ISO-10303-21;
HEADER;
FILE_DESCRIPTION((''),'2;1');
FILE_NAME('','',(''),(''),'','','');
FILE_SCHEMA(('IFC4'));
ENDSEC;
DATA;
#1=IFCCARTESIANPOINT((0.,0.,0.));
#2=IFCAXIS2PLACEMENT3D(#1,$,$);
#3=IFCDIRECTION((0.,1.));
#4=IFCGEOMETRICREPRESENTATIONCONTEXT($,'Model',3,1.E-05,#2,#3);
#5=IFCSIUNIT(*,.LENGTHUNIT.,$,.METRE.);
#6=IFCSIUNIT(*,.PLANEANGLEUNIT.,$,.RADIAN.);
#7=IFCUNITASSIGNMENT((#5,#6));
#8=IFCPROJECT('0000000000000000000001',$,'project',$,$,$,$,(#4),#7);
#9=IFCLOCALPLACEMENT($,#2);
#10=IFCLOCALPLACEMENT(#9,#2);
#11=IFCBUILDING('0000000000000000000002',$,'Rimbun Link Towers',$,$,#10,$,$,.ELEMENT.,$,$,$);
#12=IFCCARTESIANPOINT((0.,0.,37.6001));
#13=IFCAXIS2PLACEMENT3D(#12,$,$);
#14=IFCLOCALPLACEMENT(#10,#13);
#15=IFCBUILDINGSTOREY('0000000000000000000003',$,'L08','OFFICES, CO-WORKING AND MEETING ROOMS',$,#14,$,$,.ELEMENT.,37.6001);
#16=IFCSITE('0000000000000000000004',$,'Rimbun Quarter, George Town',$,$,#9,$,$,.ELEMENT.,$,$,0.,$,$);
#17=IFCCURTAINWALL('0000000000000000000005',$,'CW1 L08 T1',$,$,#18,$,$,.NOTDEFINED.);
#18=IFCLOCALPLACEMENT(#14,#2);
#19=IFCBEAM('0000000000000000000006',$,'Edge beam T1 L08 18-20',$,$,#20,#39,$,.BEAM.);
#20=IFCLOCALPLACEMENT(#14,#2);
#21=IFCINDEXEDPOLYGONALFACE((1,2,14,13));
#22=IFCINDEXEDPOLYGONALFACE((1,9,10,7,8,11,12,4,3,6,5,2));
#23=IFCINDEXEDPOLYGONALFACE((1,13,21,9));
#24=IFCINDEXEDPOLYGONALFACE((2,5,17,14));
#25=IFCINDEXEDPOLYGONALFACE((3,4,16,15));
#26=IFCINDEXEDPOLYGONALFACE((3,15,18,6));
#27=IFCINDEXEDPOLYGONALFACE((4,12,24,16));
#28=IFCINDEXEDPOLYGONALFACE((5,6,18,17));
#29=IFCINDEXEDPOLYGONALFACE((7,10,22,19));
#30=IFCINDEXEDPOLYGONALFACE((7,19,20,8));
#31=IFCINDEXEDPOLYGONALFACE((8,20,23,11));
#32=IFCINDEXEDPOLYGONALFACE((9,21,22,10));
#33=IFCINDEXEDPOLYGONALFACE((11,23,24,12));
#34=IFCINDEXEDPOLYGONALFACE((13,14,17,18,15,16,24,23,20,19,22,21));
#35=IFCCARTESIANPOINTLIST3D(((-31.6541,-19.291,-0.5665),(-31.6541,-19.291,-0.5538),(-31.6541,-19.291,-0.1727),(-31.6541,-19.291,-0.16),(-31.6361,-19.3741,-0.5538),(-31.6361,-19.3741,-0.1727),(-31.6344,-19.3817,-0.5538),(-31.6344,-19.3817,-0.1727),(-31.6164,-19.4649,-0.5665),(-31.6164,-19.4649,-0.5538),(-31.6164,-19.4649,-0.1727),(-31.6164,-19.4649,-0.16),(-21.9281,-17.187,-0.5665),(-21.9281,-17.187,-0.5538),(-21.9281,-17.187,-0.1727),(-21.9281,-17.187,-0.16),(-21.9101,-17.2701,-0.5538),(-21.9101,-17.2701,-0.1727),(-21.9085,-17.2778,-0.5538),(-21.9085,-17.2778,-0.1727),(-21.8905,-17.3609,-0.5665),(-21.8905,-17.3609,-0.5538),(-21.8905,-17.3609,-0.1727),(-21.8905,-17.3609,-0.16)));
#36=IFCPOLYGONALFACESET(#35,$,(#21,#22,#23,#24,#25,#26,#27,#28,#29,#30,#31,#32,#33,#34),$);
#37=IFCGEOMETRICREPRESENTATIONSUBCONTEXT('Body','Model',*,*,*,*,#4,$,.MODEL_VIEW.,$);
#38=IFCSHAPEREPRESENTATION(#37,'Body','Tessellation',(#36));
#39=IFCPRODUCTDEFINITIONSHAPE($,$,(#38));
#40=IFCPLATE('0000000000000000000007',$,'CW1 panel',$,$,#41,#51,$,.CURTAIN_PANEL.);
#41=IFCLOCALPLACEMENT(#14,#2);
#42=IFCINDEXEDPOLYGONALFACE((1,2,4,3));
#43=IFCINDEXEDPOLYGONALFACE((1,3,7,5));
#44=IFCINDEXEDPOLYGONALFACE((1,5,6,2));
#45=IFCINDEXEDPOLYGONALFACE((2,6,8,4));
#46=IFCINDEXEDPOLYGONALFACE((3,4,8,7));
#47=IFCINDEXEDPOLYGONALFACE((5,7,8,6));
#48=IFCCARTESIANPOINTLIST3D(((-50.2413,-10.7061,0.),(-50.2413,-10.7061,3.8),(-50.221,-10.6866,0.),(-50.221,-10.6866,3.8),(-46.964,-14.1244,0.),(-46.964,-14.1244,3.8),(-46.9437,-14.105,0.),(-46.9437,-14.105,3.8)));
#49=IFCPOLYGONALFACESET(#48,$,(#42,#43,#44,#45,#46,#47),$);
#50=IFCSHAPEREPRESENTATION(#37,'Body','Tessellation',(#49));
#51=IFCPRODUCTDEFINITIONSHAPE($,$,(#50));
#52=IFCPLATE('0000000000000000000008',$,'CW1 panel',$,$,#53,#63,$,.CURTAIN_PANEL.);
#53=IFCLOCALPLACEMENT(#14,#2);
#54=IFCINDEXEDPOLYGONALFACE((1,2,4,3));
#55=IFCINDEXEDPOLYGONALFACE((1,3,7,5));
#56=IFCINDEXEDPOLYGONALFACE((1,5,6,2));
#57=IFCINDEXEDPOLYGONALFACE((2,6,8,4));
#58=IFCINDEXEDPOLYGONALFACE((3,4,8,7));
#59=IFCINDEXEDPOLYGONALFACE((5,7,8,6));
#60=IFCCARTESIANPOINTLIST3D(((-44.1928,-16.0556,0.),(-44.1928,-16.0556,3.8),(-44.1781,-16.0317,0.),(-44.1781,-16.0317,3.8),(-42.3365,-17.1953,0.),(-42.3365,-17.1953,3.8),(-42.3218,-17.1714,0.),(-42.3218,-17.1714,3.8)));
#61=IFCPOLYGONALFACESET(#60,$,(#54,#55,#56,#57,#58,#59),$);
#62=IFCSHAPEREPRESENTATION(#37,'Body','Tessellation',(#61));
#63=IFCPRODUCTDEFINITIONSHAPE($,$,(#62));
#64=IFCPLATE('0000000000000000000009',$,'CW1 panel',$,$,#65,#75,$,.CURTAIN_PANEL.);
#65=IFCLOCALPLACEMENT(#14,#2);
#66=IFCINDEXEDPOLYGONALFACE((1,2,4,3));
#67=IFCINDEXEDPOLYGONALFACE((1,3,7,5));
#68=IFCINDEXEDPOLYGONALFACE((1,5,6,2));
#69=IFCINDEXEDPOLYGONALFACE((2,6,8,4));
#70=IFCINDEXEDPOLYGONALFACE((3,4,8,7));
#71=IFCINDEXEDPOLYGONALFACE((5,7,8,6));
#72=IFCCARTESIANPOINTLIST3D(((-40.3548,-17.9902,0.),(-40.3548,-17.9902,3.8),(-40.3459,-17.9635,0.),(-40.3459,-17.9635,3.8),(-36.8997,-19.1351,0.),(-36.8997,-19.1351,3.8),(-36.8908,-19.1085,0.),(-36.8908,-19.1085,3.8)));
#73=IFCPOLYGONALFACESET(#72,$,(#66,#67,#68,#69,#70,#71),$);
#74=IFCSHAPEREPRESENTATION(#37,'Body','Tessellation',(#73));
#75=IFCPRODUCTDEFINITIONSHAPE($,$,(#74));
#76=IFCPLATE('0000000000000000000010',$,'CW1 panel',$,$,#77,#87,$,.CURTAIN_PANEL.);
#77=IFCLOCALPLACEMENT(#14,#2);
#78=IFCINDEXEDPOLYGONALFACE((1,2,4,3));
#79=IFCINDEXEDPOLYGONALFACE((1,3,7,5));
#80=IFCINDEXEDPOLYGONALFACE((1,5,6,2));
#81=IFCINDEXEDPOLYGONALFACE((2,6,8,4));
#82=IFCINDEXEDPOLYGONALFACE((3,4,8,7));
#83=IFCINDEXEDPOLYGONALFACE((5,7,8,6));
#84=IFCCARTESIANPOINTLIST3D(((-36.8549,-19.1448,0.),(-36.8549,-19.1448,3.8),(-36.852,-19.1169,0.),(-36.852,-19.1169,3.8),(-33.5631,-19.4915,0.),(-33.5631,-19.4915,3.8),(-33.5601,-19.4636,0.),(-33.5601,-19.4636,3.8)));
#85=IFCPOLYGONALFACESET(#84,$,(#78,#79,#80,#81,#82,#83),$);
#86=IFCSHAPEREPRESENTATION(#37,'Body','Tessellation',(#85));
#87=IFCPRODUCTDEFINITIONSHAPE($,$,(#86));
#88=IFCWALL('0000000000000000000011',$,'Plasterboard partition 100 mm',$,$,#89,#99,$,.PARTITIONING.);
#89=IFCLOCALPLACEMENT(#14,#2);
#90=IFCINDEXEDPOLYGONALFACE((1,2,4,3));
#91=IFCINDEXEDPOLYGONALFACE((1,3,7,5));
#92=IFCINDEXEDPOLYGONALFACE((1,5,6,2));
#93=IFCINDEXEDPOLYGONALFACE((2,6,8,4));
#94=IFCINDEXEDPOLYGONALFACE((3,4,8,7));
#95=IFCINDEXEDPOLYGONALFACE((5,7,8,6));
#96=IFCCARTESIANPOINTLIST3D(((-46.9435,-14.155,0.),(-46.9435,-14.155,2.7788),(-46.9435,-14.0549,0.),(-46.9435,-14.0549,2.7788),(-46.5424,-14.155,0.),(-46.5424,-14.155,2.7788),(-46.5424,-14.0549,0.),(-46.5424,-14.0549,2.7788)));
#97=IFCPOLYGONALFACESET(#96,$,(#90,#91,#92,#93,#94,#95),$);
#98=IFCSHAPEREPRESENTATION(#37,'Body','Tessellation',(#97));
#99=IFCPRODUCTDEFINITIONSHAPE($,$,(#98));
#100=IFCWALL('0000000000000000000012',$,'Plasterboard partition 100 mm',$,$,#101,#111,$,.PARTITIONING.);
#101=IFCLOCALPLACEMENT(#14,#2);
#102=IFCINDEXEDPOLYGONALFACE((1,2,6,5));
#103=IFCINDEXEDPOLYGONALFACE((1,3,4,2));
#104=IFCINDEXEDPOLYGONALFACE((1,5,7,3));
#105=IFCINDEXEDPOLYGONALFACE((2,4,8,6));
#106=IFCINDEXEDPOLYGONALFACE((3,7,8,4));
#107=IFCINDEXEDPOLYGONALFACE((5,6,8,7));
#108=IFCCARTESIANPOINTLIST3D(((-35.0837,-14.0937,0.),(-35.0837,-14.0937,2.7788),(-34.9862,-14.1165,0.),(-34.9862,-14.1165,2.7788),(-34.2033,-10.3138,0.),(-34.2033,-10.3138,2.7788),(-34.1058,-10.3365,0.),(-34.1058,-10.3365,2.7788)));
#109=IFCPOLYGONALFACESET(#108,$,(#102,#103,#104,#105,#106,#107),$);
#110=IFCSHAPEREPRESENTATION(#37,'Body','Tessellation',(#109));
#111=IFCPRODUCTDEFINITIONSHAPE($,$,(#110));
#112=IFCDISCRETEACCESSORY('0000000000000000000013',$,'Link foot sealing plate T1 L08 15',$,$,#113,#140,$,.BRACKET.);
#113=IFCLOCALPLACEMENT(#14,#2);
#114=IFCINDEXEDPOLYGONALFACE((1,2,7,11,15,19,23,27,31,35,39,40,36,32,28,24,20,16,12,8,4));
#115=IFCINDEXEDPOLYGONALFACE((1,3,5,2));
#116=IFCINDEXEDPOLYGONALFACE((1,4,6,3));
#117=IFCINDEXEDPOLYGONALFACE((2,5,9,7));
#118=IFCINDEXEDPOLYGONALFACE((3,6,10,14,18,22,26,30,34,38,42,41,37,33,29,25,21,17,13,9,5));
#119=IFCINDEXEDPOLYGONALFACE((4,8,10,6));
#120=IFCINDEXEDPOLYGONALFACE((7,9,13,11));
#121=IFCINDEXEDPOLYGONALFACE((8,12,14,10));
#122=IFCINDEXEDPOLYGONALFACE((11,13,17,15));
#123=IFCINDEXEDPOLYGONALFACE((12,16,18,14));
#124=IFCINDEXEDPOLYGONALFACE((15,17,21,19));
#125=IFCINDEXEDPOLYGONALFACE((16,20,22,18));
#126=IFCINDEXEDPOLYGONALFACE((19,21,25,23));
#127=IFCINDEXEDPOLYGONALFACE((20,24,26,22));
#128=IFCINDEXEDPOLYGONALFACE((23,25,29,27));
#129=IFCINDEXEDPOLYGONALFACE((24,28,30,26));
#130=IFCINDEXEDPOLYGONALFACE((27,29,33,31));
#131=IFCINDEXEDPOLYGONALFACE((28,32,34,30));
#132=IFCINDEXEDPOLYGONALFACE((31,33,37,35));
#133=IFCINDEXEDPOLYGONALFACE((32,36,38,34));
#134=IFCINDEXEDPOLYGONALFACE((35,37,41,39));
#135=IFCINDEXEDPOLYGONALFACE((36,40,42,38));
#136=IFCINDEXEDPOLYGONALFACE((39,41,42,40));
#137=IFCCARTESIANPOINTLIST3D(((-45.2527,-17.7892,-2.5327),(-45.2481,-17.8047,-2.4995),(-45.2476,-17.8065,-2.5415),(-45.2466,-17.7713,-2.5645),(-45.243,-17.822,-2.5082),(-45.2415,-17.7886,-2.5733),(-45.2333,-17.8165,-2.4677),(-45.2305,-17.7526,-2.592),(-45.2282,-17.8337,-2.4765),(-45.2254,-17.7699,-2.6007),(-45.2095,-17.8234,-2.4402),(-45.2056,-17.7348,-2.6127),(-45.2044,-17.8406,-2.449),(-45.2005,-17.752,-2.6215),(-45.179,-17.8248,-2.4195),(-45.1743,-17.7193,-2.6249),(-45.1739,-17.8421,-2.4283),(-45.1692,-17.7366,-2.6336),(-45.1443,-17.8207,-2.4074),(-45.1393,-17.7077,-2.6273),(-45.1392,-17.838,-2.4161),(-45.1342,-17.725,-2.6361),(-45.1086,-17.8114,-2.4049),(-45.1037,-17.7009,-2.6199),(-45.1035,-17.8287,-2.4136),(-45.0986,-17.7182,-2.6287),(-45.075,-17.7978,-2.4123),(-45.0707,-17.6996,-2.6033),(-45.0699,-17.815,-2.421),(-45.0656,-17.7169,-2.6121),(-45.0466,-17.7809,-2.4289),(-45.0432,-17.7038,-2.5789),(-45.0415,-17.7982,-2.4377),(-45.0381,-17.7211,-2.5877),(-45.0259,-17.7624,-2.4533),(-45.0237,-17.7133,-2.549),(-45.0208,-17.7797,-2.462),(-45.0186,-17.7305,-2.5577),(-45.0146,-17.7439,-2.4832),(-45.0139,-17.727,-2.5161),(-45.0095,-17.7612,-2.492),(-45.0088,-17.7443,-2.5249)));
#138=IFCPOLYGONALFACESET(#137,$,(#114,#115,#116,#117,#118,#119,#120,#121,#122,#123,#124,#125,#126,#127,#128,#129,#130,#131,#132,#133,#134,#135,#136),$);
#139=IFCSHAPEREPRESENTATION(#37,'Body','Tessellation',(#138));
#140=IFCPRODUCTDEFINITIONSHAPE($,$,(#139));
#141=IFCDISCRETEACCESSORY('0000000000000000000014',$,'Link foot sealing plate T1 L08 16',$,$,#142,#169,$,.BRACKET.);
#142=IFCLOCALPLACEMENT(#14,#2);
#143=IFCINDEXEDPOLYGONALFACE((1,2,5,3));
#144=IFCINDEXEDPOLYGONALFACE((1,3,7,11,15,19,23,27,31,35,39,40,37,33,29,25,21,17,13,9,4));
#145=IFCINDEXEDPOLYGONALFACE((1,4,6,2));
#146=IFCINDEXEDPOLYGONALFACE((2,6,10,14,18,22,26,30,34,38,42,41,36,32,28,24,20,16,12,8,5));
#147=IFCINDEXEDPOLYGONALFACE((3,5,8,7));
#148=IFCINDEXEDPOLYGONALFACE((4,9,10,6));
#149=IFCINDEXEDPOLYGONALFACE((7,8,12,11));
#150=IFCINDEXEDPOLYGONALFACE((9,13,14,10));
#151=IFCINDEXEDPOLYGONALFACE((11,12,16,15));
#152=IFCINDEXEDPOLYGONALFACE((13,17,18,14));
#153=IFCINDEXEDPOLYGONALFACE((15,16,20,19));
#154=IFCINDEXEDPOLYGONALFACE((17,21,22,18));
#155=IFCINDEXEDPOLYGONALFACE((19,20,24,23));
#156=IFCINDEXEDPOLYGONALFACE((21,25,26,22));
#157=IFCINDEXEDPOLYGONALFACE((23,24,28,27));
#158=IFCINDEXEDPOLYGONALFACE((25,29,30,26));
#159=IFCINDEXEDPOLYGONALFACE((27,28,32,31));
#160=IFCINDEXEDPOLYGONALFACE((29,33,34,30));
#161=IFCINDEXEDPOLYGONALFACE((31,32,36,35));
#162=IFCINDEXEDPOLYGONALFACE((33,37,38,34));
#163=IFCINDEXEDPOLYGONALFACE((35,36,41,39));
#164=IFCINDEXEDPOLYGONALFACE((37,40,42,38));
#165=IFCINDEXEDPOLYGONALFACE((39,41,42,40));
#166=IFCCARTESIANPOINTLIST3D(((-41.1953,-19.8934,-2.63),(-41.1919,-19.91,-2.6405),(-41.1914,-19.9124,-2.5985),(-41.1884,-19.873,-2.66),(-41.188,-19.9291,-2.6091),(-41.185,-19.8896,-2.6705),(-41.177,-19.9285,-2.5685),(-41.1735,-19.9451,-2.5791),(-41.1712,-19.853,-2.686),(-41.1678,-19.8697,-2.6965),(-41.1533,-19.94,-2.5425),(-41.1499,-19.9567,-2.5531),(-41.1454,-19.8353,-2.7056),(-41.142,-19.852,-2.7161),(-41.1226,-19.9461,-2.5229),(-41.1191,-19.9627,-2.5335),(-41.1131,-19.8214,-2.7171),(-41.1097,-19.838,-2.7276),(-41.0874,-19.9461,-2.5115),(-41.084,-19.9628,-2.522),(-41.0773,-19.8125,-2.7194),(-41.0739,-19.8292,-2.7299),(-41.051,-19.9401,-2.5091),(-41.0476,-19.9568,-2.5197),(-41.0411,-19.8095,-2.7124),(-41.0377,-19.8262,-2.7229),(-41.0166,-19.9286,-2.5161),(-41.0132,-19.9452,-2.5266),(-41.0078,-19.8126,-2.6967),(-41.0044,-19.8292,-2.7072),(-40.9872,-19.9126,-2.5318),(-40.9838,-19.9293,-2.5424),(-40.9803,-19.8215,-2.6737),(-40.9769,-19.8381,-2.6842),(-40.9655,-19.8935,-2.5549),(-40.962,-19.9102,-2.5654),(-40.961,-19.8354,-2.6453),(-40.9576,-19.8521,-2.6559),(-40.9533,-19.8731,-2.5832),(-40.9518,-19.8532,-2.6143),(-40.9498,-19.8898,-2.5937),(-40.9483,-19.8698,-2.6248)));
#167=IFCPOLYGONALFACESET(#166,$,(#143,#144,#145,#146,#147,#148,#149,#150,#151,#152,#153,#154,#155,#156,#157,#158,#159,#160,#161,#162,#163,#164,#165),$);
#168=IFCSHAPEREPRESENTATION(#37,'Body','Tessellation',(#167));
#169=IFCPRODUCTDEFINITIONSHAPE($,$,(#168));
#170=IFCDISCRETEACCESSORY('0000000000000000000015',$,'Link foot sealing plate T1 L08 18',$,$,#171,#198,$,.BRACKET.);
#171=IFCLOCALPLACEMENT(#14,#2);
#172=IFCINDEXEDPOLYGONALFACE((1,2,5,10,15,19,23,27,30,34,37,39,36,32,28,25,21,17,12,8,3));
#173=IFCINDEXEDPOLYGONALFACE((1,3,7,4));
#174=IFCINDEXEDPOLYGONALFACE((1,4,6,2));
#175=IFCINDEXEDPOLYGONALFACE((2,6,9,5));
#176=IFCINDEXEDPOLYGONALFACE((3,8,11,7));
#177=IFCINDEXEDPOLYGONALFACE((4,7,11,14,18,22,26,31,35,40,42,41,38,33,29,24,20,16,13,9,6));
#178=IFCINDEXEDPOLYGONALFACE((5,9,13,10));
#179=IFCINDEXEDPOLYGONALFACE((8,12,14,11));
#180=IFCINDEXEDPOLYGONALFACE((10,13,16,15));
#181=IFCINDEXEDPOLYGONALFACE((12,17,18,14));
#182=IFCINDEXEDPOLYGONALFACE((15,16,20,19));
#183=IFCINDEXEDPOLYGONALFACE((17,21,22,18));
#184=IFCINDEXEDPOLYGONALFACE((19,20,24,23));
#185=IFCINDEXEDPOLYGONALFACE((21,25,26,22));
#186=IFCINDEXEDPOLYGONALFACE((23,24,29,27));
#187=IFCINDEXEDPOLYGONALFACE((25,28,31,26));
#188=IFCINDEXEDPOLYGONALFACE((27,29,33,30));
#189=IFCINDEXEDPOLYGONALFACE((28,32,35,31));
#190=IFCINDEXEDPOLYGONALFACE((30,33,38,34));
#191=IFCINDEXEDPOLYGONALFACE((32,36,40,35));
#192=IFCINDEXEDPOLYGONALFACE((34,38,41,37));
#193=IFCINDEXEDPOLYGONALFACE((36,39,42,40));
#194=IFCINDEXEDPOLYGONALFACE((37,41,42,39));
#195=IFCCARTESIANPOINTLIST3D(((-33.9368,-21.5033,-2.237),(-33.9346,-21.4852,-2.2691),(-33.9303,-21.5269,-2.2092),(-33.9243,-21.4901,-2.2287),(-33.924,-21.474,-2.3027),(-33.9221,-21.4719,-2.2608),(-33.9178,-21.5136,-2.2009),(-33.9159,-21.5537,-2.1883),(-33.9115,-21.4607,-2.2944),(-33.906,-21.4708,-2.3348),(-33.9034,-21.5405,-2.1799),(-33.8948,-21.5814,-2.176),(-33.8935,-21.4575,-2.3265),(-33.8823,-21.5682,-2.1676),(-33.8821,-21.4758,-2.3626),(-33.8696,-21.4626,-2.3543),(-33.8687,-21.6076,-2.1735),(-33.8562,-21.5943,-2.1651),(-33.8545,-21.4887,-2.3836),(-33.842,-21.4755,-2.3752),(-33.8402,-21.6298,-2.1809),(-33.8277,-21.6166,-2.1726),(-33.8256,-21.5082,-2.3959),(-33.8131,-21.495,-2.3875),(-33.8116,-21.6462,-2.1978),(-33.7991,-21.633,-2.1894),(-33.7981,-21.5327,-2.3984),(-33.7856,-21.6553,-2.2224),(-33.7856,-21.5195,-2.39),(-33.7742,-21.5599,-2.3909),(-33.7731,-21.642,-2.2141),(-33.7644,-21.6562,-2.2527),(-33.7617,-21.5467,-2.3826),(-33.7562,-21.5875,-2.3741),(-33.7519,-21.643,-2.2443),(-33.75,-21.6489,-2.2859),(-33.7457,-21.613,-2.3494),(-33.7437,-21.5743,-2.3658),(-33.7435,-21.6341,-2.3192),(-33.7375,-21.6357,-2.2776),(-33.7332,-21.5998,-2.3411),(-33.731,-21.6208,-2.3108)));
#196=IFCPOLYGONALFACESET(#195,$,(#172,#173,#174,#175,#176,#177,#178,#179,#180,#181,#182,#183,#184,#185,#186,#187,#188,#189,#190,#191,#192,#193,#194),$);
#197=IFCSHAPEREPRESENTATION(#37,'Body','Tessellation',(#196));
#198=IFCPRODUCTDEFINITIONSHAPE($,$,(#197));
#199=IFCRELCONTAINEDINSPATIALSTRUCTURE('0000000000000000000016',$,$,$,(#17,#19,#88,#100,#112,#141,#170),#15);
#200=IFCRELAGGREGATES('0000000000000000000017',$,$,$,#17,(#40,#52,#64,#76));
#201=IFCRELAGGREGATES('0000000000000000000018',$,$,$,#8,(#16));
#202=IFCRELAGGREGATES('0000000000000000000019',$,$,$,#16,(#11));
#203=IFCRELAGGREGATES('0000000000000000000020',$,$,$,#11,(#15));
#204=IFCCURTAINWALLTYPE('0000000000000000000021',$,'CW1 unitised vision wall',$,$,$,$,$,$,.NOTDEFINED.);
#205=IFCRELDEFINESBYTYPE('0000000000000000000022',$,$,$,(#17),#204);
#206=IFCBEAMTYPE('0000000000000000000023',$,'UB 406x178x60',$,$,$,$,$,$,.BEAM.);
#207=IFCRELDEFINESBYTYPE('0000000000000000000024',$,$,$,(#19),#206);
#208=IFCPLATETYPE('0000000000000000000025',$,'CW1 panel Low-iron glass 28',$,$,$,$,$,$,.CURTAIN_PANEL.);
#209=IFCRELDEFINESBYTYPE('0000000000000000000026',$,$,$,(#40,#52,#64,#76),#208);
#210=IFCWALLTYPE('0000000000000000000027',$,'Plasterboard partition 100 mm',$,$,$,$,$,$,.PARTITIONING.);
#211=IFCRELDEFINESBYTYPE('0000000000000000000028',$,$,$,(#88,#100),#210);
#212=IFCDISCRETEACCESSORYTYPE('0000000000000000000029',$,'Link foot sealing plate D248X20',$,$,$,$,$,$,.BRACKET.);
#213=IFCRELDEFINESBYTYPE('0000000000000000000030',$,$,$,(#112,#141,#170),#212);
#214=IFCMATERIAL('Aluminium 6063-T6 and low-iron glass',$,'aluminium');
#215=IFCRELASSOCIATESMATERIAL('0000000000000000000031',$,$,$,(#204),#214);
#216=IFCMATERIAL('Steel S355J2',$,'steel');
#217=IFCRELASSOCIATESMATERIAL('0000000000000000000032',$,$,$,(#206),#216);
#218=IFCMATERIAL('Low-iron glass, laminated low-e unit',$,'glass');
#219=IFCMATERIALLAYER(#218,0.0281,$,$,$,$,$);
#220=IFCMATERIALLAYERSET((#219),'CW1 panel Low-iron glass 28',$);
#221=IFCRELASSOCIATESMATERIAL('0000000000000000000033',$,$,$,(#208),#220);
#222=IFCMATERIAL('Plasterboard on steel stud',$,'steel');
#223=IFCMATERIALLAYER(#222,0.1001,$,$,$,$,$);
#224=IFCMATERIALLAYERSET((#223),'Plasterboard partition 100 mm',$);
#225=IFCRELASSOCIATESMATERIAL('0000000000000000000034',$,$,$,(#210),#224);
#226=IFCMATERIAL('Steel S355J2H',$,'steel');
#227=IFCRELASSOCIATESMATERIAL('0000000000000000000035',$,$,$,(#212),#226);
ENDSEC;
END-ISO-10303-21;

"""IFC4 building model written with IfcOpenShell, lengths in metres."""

from ifc_helpers import new_model, si_unit, direction, frame, frame_2d, origin, origin_2d, place, context, subcontext, project, spatial, rectangle, circle, i_section, extrude, material, layer, layer_set, material_profile, profile_set, type_object, element, aggregate, save


model = new_model("IFC4")

# Units and contexts
model_context = context("Model", 3, precision=1e-05, world=origin(), true_north=direction((0.0, 1.0)))
body_context = subcontext(model_context, "Body", "Model", "MODEL_VIEW")
ifc_project = project(units=[si_unit("LENGTHUNIT", "METRE"), si_unit("PLANEANGLEUNIT", "RADIAN")], contexts=[model_context])

# Site, building, storey
site_placement = place(None, origin())
site = spatial("IfcSite", under=ifc_project, at=site_placement, Name="Rimbun Quarter, George Town", CompositionType="ELEMENT", RefElevation=0.0)
building_placement = place(site_placement, origin())
building = spatial("IfcBuilding", under=site, at=building_placement, Name="Rimbun Link Towers", CompositionType="ELEMENT")
storey_placement = place(building_placement, frame((0.0, 0.0, 37.6001)))
storey = spatial("IfcBuildingStorey", under=building, at=storey_placement, Name="L08", Description="OFFICES, CO-WORKING AND MEETING ROOMS", CompositionType="ELEMENT", Elevation=37.6001)

# Curtain wall
ifc_material_1 = material(Name="Aluminium 6063-T6 and low-iron glass", Category="aluminium")
curtain_wall_type = type_object("IfcCurtainWallType", Name="CW1 unitised vision wall", PredefinedType="NOTDEFINED", material=ifc_material_1)
curtain_wall_placement = place(storey_placement, origin())
curtain_wall = element("IfcCurtainWall", 1, at=curtain_wall_placement, inside=storey, type_object=curtain_wall_type, Name="CW1 L08 T1", PredefinedType="NOTDEFINED")

# Beam
ifc_material_2 = material(Name="Steel S355J2", Category="steel")
ifc_material_profile_1 = material_profile(ifc_material_2, i_section(OverallWidth=0.178, OverallDepth=0.4065, WebThickness=0.0078, FlangeThickness=0.0127, at=origin_2d()), Name="UB 406x178x60")
ifc_profile_set_1 = profile_set([ifc_material_profile_1], Name="Steel S355J2")
beam_type = type_object("IfcBeamType", Name="UB 406x178x60", PredefinedType="BEAM", material=ifc_profile_set_1)
beam_1_placement = place(storey_placement, frame((-31.6353, -19.3779, -0.3633), z_axis=(0.977392, 0.211435, 0.0), x_axis=(-0.211435, 0.977392, 0.0)))
element("IfcBeam", 2, at=beam_1_placement, inside=storey, type_object=beam_type, Name="Edge beam T1 L08 18-20", PredefinedType="BEAM", context=body_context, shape_type="SweptSolid", body=[
    extrude(i_section(OverallWidth=0.178, OverallDepth=0.4065, WebThickness=0.0078, FlangeThickness=0.0127, at=origin_2d()), origin(), (0.0, 0.0, 1.0), 9.9509),
])

# Plates
ifc_material_3 = material(Name="Low-iron glass, laminated low-e unit", Category="glass")
ifc_layer_1 = layer(ifc_material_3, 0.0281)
ifc_layer_set_1 = layer_set([ifc_layer_1], Name="CW1 panel Low-iron glass 28")
plate_type = type_object("IfcPlateType", Name="CW1 panel Low-iron glass 28", PredefinedType="CURTAIN_PANEL", material=ifc_layer_set_1)
plate_1_placement = place(storey_placement, frame((-48.5925, -12.4055, 0.0), z_axis=(0.0, 0.0, 1.0), x_axis=(-0.692056, 0.721844, 0.0)))
plate_1 = element("IfcPlate", 3, at=plate_1_placement, type_object=plate_type, Name="CW1 panel", PredefinedType="CURTAIN_PANEL", context=body_context, shape_type="SweptSolid", body=[
    extrude(rectangle(XDim=4.7356, YDim=0.0281, at=origin_2d()), origin(), (0.0, 0.0, 1.0), 3.8),
])
plate_2_placement = place(storey_placement, frame((-43.2573, -16.6135, 0.0), z_axis=(0.0, 0.0, 1.0), x_axis=(-0.85219, 0.523232, 0.0)))
plate_2 = element("IfcPlate", 4, at=plate_2_placement, type_object=plate_type, Name="CW1 panel", PredefinedType="CURTAIN_PANEL", context=body_context, shape_type="SweptSolid", body=[
    extrude(rectangle(XDim=2.1782, YDim=0.0281, at=origin_2d()), origin(), (0.0, 0.0, 1.0), 3.8),
])
plate_3_placement = place(storey_placement, frame((-38.6228, -18.5493, 0.0), z_axis=(0.0, 0.0, 1.0), x_axis=(-0.949236, 0.314564, 0.0)))
plate_3 = element("IfcPlate", 5, at=plate_3_placement, type_object=plate_type, Name="CW1 panel", PredefinedType="CURTAIN_PANEL", context=body_context, shape_type="SweptSolid", body=[
    extrude(rectangle(XDim=3.6399, YDim=0.0281, at=origin_2d()), origin(), (0.0, 0.0, 1.0), 3.8),
])
plate_4_placement = place(storey_placement, frame((-35.2075, -19.3042, 0.0), z_axis=(0.0, 0.0, 1.0), x_axis=(-0.994498, 0.104755, 0.0)))
plate_4 = element("IfcPlate", 6, at=plate_4_placement, type_object=plate_type, Name="CW1 panel", PredefinedType="CURTAIN_PANEL", context=body_context, shape_type="SweptSolid", body=[
    extrude(rectangle(XDim=3.3101, YDim=0.0281, at=origin_2d()), origin(), (0.0, 0.0, 1.0), 3.8),
])
aggregate(curtain_wall, [plate_1, plate_2, plate_3, plate_4])

# Walls
ifc_material_4 = material(Name="Plasterboard on steel stud", Category="steel")
ifc_layer_2 = layer(ifc_material_4, 0.1001)
ifc_layer_set_2 = layer_set([ifc_layer_2], Name="Plasterboard partition 100 mm")
wall_type = type_object("IfcWallType", Name="Plasterboard partition 100 mm", PredefinedType="PARTITIONING", material=ifc_layer_set_2)
wall_1_placement = place(storey_placement, frame((-46.9436, -14.105, 0.0), z_axis=(0.0, 0.0, 1.0), x_axis=(1.0, 0.0, 0.0)))
element("IfcWall", 7, at=wall_1_placement, inside=storey, type_object=wall_type, Name="Plasterboard partition 100 mm", PredefinedType="PARTITIONING", context=body_context, shape_type="SweptSolid", body=[
    extrude(rectangle(XDim=0.4011, YDim=0.1001, at=frame_2d((0.2007, 0.0))), origin(), (0.0, 0.0, 1.0), 2.7788),
])
wall_2_placement = place(storey_placement, frame((-35.0349, -14.105, 0.0), z_axis=(0.0, 0.0, 1.0), x_axis=(0.22683, 0.973934, 0.0)))
element("IfcWall", 8, at=wall_2_placement, inside=storey, type_object=wall_type, Name="Plasterboard partition 100 mm", PredefinedType="PARTITIONING", context=body_context, shape_type="SweptSolid", body=[
    extrude(rectangle(XDim=3.8811, YDim=0.1001, at=frame_2d((1.9404, 0.0))), origin(), (0.0, 0.0, 1.0), 2.7788),
])

# Discrete accessories
ifc_material_5 = material(Name="Steel S355J2H", Category="steel")
ifc_material_profile_2 = material_profile(ifc_material_5, circle(Radius=0.124, at=origin_2d()), Name="PL D248")
ifc_profile_set_2 = profile_set([ifc_material_profile_2], Name="Steel S355J2H")
discrete_accessory_type = type_object("IfcDiscreteAccessoryType", Name="Link foot sealing plate D248X20", PredefinedType="BRACKET", material=ifc_profile_set_2)
for number, where, z_axis, x_axis, name in (
    (9, (-45.1328, -17.7622, -2.5161), (0.255075, -0.862398, -0.437272), (0.958934, 0.283628, 0.0), "Link foot sealing plate T1 L08 15"),
    (10, (-41.0732, -19.8782, -2.6143), (0.171434, -0.832681, -0.526548), (0.979457, 0.201653, 0.0), "Link foot sealing plate T1 L08 16"),
    (11, (-33.8276, -21.5505, -2.2776), (-0.624323, -0.661048, -0.416216), (0.727013, -0.686624, 0.0), "Link foot sealing plate T1 L08 18"),
):
    element("IfcDiscreteAccessory", number, at=place(storey_placement, frame(where, z_axis=z_axis, x_axis=x_axis)), inside=storey, type_object=discrete_accessory_type, Name=name, PredefinedType="BRACKET", context=body_context, shape_type="SweptSolid", body=[
        extrude(circle(Radius=0.124, at=origin_2d()), origin(), (0.0, 0.0, 1.0), 0.02),
    ])

save(model, "model.ifc")
